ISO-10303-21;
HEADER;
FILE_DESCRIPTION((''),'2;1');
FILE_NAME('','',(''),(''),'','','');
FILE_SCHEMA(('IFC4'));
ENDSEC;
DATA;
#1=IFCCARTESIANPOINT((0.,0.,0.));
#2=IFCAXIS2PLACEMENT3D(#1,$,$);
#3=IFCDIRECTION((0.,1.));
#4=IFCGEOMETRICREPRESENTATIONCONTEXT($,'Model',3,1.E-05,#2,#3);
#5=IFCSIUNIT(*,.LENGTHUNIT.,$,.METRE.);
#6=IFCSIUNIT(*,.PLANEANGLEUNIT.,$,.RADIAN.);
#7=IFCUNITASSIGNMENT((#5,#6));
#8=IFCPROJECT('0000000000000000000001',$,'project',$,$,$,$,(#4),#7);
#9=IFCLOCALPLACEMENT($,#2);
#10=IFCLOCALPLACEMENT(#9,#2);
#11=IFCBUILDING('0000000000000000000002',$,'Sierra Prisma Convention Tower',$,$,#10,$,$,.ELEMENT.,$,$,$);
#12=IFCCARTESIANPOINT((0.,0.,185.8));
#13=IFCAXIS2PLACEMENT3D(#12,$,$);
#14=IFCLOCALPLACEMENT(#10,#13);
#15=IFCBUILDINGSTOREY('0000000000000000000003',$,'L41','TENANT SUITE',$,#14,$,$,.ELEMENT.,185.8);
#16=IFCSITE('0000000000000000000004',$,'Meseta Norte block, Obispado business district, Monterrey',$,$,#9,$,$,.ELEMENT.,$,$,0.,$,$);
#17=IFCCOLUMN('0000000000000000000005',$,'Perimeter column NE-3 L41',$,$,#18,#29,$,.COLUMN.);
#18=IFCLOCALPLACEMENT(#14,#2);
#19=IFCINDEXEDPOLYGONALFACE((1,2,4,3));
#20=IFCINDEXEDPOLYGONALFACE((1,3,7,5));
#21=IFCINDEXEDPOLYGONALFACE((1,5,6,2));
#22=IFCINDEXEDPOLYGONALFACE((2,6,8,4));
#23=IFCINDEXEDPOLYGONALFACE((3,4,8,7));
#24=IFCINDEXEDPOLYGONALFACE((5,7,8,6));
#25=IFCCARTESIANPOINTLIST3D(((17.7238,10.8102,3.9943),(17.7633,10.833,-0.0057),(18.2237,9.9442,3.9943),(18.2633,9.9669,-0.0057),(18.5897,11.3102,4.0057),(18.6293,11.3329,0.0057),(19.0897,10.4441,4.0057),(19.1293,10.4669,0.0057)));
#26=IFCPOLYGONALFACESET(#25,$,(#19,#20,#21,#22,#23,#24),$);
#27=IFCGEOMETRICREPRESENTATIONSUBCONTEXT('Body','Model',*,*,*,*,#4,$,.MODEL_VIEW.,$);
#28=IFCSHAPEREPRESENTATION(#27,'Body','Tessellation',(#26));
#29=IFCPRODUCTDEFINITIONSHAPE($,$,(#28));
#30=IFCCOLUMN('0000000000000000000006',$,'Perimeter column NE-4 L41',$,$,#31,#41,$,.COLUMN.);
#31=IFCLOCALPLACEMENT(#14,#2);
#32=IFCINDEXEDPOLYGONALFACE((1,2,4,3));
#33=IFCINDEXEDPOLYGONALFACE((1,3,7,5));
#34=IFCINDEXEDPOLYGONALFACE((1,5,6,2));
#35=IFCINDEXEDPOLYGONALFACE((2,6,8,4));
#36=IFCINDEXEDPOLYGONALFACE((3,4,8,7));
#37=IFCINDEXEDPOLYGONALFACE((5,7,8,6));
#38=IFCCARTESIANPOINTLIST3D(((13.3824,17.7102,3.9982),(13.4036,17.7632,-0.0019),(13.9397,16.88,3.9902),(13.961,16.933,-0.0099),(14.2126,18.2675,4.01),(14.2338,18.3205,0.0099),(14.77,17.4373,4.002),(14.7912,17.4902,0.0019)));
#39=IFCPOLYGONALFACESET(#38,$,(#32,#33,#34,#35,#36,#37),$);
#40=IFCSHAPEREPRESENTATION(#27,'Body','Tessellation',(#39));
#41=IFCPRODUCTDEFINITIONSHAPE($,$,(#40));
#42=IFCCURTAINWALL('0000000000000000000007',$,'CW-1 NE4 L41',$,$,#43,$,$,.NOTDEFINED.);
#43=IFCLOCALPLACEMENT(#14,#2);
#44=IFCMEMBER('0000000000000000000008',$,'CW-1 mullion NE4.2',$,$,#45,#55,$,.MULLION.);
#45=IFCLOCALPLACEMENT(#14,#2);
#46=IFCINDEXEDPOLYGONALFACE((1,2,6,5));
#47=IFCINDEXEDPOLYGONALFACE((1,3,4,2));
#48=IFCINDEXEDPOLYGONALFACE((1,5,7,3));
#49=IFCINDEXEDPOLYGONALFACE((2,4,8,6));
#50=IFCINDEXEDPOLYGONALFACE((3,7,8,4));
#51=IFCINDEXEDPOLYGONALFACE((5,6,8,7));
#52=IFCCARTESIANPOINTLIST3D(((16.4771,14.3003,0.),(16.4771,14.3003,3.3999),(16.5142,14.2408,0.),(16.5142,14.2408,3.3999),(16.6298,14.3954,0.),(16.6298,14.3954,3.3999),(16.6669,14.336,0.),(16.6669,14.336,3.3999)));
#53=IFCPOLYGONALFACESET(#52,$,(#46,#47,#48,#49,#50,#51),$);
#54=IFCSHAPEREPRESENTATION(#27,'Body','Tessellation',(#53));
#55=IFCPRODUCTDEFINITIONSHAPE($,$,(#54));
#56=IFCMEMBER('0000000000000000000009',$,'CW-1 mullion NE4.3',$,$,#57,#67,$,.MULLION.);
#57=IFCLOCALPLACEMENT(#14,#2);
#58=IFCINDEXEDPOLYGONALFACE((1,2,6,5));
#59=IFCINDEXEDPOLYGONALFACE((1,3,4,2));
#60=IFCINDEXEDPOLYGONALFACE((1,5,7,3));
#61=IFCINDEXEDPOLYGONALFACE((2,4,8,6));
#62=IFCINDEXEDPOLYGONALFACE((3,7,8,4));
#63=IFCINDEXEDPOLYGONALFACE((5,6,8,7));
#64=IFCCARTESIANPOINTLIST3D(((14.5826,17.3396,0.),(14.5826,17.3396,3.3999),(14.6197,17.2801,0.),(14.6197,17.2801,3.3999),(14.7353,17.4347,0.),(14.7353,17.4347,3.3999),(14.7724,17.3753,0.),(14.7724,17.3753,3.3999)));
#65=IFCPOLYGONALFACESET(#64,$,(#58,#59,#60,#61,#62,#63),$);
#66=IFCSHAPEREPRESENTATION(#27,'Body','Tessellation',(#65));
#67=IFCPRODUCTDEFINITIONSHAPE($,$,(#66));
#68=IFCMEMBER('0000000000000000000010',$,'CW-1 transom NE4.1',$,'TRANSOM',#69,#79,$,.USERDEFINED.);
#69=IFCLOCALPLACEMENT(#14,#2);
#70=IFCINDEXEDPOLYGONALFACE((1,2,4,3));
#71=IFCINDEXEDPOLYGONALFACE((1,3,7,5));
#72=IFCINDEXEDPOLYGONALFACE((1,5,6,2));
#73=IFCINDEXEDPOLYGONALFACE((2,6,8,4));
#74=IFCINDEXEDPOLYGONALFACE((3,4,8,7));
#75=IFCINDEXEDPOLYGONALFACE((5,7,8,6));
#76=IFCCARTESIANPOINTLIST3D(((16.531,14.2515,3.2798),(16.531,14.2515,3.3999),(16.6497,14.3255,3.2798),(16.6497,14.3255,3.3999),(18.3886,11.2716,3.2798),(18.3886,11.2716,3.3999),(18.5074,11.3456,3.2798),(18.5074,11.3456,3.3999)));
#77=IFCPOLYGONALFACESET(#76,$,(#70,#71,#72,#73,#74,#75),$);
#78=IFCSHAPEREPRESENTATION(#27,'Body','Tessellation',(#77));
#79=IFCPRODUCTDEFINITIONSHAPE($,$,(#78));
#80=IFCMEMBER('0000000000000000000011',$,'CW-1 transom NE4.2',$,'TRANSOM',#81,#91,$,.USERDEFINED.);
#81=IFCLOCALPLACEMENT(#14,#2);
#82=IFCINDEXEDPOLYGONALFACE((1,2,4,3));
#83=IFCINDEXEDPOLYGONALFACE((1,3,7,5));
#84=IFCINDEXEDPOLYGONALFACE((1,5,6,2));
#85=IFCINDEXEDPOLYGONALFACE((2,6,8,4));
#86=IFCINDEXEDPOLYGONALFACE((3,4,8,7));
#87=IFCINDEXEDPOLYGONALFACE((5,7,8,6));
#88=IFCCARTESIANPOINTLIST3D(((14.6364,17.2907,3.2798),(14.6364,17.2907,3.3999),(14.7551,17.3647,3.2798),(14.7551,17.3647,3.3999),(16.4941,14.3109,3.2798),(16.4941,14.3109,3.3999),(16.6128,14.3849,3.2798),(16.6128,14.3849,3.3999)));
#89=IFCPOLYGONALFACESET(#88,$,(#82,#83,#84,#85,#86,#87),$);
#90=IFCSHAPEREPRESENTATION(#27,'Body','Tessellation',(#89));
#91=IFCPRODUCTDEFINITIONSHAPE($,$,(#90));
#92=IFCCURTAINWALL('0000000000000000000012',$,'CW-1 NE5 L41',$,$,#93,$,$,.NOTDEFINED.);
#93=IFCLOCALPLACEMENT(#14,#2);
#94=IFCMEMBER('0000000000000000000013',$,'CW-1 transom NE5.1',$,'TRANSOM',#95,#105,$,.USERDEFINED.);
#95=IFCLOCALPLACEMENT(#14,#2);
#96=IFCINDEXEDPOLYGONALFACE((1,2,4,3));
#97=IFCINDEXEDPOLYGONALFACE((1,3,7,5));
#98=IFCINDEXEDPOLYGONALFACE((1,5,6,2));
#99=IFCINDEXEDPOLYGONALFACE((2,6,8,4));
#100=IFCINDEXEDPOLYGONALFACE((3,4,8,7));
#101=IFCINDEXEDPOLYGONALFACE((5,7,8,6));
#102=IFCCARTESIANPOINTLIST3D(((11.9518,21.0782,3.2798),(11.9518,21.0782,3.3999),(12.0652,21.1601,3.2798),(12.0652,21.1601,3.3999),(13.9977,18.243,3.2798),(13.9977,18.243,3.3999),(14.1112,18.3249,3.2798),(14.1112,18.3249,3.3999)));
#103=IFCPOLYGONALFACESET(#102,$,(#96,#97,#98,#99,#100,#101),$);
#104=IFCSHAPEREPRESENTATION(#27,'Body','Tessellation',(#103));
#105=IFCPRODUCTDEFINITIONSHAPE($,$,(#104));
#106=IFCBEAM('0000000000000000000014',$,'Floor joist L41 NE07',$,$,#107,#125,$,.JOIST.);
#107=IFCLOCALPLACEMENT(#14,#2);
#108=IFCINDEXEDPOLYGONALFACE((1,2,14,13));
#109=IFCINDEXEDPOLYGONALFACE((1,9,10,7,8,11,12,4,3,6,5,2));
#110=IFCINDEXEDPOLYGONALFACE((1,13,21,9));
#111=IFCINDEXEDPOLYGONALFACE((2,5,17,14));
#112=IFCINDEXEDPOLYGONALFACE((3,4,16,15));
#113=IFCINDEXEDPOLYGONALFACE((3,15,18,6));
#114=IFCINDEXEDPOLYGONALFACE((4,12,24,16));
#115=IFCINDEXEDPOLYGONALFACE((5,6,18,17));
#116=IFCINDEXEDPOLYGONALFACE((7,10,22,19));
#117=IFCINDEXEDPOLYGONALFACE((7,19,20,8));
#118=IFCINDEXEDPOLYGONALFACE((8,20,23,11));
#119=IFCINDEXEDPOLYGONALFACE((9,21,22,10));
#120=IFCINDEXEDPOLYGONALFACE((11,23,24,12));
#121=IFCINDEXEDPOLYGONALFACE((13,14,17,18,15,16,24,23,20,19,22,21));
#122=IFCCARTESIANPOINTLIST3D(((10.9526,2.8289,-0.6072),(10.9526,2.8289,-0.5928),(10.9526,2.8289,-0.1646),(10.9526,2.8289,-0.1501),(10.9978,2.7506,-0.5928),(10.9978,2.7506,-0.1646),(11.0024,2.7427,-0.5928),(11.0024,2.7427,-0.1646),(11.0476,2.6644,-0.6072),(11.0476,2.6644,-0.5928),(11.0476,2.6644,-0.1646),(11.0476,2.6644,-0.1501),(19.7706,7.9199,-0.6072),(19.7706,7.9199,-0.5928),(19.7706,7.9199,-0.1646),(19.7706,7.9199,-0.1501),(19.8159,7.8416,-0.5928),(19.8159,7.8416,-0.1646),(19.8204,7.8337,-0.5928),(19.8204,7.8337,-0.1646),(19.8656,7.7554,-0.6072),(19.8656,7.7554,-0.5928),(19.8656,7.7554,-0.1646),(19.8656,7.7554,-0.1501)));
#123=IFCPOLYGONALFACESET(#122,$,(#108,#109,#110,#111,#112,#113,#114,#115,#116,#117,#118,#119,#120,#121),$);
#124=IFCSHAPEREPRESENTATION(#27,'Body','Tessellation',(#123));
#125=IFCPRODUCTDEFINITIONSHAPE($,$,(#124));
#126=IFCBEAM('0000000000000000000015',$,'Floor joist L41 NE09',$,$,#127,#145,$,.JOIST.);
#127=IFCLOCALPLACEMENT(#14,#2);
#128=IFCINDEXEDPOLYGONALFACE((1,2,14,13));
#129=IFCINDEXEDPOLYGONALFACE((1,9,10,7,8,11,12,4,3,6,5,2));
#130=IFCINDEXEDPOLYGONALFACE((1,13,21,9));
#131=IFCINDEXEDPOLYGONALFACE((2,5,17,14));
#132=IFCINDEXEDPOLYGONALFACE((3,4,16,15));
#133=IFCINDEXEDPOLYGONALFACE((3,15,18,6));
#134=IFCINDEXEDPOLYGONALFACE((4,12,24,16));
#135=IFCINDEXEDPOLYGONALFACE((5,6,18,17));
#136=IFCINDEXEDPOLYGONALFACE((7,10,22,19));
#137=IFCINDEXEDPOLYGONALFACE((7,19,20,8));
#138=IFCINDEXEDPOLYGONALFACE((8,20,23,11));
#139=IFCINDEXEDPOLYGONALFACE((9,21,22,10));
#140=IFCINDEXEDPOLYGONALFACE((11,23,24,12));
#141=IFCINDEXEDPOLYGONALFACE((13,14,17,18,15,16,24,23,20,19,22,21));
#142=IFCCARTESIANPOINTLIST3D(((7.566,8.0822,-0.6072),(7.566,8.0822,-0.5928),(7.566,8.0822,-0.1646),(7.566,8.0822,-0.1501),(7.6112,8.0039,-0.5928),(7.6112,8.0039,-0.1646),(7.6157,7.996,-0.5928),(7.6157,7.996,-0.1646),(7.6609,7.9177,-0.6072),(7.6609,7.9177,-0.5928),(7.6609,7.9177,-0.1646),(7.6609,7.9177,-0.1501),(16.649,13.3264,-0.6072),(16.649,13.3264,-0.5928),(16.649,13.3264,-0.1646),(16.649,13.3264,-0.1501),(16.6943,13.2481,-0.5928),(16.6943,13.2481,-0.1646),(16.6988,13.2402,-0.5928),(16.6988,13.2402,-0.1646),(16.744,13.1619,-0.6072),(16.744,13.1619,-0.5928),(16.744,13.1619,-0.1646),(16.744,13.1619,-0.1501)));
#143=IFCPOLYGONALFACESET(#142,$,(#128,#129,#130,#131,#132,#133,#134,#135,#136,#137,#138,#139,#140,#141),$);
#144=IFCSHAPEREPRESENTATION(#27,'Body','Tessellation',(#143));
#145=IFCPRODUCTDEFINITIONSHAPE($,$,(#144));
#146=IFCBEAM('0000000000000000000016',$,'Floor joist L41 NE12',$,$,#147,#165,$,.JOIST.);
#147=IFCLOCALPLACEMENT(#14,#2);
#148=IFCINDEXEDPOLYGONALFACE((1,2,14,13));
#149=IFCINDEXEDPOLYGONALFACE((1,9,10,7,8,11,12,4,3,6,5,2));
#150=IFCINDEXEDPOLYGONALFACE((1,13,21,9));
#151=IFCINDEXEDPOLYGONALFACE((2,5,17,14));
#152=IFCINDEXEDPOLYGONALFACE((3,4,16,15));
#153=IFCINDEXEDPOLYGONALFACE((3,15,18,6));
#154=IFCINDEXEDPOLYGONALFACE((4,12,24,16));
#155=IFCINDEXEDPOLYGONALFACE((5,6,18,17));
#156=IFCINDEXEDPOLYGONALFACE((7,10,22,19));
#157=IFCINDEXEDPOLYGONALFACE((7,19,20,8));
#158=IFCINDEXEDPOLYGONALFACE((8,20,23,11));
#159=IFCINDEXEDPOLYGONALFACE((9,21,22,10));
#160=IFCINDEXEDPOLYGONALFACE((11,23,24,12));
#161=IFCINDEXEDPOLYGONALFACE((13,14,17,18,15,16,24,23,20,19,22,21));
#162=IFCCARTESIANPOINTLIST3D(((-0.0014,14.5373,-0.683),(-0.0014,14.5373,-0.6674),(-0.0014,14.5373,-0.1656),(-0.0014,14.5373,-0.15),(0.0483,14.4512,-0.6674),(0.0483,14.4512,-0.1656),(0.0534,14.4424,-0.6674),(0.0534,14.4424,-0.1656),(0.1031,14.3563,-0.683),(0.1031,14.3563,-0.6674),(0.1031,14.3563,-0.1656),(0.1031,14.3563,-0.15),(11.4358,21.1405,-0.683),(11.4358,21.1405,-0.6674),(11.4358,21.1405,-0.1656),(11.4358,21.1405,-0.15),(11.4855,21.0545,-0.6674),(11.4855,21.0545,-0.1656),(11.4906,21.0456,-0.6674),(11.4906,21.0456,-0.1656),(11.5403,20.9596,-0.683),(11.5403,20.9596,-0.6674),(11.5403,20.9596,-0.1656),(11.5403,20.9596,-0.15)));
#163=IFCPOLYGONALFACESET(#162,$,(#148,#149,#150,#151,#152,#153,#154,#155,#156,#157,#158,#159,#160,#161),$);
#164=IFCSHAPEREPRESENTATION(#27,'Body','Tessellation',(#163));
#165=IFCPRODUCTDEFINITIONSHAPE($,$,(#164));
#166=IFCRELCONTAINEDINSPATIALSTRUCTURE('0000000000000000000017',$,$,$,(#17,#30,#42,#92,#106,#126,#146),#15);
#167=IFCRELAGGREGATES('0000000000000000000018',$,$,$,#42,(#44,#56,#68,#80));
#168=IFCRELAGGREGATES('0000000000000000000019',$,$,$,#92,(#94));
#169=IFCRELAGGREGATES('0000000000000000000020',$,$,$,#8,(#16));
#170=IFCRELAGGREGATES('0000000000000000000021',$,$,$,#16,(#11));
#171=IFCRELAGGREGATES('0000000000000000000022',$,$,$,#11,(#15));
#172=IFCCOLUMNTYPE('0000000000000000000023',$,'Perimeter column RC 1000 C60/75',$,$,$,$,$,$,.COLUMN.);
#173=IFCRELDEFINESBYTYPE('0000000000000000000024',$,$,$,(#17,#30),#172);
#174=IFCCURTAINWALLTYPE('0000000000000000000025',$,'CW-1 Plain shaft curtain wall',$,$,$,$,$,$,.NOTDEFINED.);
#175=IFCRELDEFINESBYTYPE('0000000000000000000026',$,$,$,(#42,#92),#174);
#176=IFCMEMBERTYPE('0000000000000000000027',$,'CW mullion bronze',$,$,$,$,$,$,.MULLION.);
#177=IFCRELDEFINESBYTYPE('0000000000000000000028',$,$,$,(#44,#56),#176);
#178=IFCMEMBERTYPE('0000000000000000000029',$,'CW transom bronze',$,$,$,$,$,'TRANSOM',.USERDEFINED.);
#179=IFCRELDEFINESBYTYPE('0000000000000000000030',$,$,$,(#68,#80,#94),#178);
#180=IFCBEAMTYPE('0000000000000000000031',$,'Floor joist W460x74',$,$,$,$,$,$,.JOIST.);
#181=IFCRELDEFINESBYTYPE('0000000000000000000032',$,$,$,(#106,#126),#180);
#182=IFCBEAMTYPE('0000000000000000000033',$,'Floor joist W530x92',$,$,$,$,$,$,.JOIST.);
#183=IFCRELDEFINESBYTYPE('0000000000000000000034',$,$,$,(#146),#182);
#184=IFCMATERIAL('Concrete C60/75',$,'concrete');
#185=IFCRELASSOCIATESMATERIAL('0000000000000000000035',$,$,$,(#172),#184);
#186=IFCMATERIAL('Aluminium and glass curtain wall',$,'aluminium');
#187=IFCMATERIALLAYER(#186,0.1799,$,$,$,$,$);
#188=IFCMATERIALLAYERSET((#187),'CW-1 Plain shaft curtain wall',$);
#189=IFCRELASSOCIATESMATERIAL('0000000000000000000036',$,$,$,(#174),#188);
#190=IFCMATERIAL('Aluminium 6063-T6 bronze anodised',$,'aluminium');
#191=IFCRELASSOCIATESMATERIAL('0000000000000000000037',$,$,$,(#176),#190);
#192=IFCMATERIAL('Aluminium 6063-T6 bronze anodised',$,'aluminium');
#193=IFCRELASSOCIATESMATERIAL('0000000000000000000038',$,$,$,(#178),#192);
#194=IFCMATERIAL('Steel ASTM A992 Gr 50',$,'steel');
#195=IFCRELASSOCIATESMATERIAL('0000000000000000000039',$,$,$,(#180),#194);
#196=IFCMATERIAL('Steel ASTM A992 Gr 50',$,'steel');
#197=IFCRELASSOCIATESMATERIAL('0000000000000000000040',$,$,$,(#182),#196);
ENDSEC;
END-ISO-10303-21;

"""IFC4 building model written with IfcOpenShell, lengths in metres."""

from ifc_helpers import new_model, si_unit, direction, frame, origin, origin_2d, place, context, subcontext, project, spatial, rectangle, i_section, extrude, material, layer, layer_set, material_profile, profile_set, type_object, element, aggregate, save


model = new_model("IFC4")

# Units and contexts
model_context = context("Model", 3, precision=1e-05, world=origin(), true_north=direction((0.0, 1.0)))
body_context = subcontext(model_context, "Body", "Model", "MODEL_VIEW")
ifc_project = project(units=[si_unit("LENGTHUNIT", "METRE"), si_unit("PLANEANGLEUNIT", "RADIAN")], contexts=[model_context])

# Site, building, storey
site_placement = place(None, origin())
site = spatial("IfcSite", under=ifc_project, at=site_placement, Name="Meseta Norte block, Obispado business district, Monterrey", CompositionType="ELEMENT", RefElevation=0.0)
building_placement = place(site_placement, origin())
building = spatial("IfcBuilding", under=site, at=building_placement, Name="Sierra Prisma Convention Tower", CompositionType="ELEMENT")
storey_placement = place(building_placement, frame((0.0, 0.0, 185.8)))
storey = spatial("IfcBuildingStorey", under=building, at=storey_placement, Name="L41", Description="TENANT SUITE", CompositionType="ELEMENT", Elevation=185.8)

# Columns
ifc_material_1 = material(Name="Concrete C60/75", Category="concrete")
ifc_material_profile_1 = material_profile(ifc_material_1, rectangle(XDim=1.0, YDim=1.0, at=origin_2d()), Name="Perimeter column RC 1000 C60/75")
ifc_profile_set_1 = profile_set([ifc_material_profile_1], Name="Concrete C60/75")
column_type = type_object("IfcColumnType", Name="Perimeter column RC 1000 C60/75", PredefinedType="COLUMN", material=ifc_profile_set_1)
column_1_placement = place(storey_placement, frame((18.4463, 10.6499, 0.0), z_axis=(-0.009887, -0.005676, 0.999935), x_axis=(-0.499976, 0.86604, -0.000028)))
element("IfcColumn", 1, at=column_1_placement, inside=storey, type_object=column_type, Name="Perimeter column NE-3 L41", PredefinedType="COLUMN", context=body_context, shape_type="SweptSolid", body=[
    extrude(rectangle(XDim=1.0, YDim=1.0, at=origin_2d()), origin(), (0.0, 0.0, 1.0), 4.0002),
])
column_2_placement = place(storey_placement, frame((14.0974, 17.6267, 0.0), z_axis=(-0.00531, -0.013243, 0.999898), x_axis=(-0.557388, 0.830213, 0.008036)))
element("IfcColumn", 2, at=column_2_placement, inside=storey, type_object=column_type, Name="Perimeter column NE-4 L41", PredefinedType="COLUMN", context=body_context, shape_type="SweptSolid", body=[
    extrude(rectangle(XDim=1.0, YDim=1.0, at=origin_2d()), origin(), (0.0, 0.0, 1.0), 4.0005),
])

# Curtain wall, members
ifc_material_2 = material(Name="Aluminium and glass curtain wall", Category="aluminium")
ifc_layer_1 = layer(ifc_material_2, 0.1799)
ifc_layer_set_1 = layer_set([ifc_layer_1], Name="CW-1 Plain shaft curtain wall")
curtain_wall_type = type_object("IfcCurtainWallType", Name="CW-1 Plain shaft curtain wall", PredefinedType="NOTDEFINED", material=ifc_layer_set_1)
curtain_wall_1_placement = place(storey_placement, origin())
curtain_wall_1 = element("IfcCurtainWall", 3, at=curtain_wall_1_placement, inside=storey, type_object=curtain_wall_type, Name="CW-1 NE4 L41", PredefinedType="NOTDEFINED")
ifc_material_3 = material(Name="Aluminium 6063-T6 bronze anodised", Category="aluminium")
ifc_material_profile_2 = material_profile(ifc_material_3, rectangle(XDim=0.1799, YDim=0.0701, at=origin_2d()), Name="ALU MULLION 70x180")
ifc_profile_set_2 = profile_set([ifc_material_profile_2], Name="Aluminium 6063-T6 bronze anodised")
member_type_1 = type_object("IfcMemberType", Name="CW mullion bronze", PredefinedType="MULLION", material=ifc_profile_set_2)
member_1_placement = place(storey_placement, frame((16.572, 14.3181, 0.0), z_axis=(0.0, 0.0, 1.0), x_axis=(-0.848622, -0.529, 0.0)))
member_1 = element("IfcMember", 4, at=member_1_placement, type_object=member_type_1, Name="CW-1 mullion NE4.2", PredefinedType="MULLION", context=body_context, shape_type="SweptSolid", body=[
    extrude(rectangle(XDim=0.1799, YDim=0.0701, at=origin_2d()), origin(), (0.0, 0.0, 1.0), 3.3999),
])
member_2_placement = place(storey_placement, frame((14.6775, 17.3574, 0.0), z_axis=(0.0, 0.0, 1.0), x_axis=(-0.848622, -0.529, 0.0)))
member_2 = element("IfcMember", 5, at=member_2_placement, type_object=member_type_1, Name="CW-1 mullion NE4.3", PredefinedType="MULLION", context=body_context, shape_type="SweptSolid", body=[
    extrude(rectangle(XDim=0.1799, YDim=0.0701, at=origin_2d()), origin(), (0.0, 0.0, 1.0), 3.3999),
])
ifc_material_4 = material(Name="Aluminium 6063-T6 bronze anodised", Category="aluminium")
ifc_material_profile_3 = material_profile(ifc_material_4, rectangle(XDim=0.1399, YDim=0.1201, at=origin_2d()), Name="ALU TRANSOM 120x140")
ifc_profile_set_3 = profile_set([ifc_material_profile_3], Name="Aluminium 6063-T6 bronze anodised")
member_type_2 = type_object("IfcMemberType", Name="CW transom bronze", ElementType="TRANSOM", PredefinedType="USERDEFINED", material=ifc_profile_set_3)
member_3_placement = place(storey_placement, frame((18.448, 11.3086, 3.3398), z_axis=(-0.529011, 0.848615, 0.0), x_axis=(-0.848615, -0.529011, 0.0)))
member_3 = element("IfcMember", 6, at=member_3_placement, type_object=member_type_2, Name="CW-1 transom NE4.1", ObjectType="TRANSOM", PredefinedType="USERDEFINED", context=body_context, shape_type="SweptSolid", body=[
    extrude(rectangle(XDim=0.1399, YDim=0.1201, at=origin_2d()), origin(), (0.0, 0.0, 1.0), 3.5115),
])
member_4_placement = place(storey_placement, frame((16.5535, 14.3479, 3.3398), z_axis=(-0.529042, 0.848595, 0.0), x_axis=(-0.848595, -0.529042, 0.0)))
member_4 = element("IfcMember", 7, at=member_4_placement, type_object=member_type_2, Name="CW-1 transom NE4.2", ObjectType="TRANSOM", PredefinedType="USERDEFINED", context=body_context, shape_type="SweptSolid", body=[
    extrude(rectangle(XDim=0.1399, YDim=0.1201, at=origin_2d()), origin(), (0.0, 0.0, 1.0), 3.5115),
])

# Curtain wall, member
curtain_wall_2_placement = place(storey_placement, origin())
curtain_wall_2 = element("IfcCurtainWall", 8, at=curtain_wall_2_placement, inside=storey, type_object=curtain_wall_type, Name="CW-1 NE5 L41", PredefinedType="NOTDEFINED")
member_5_placement = place(storey_placement, frame((14.0544, 18.2839, 3.3398), z_axis=(-0.585162, 0.810917, 0.0), x_axis=(-0.810917, -0.585162, 0.0)))
member_5 = element("IfcMember", 9, at=member_5_placement, type_object=member_type_2, Name="CW-1 transom NE5.1", ObjectType="TRANSOM", PredefinedType="USERDEFINED", context=body_context, shape_type="SweptSolid", body=[
    extrude(rectangle(XDim=0.1399, YDim=0.1201, at=origin_2d()), origin(), (0.0, 0.0, 1.0), 3.4963),
])

# Beams
ifc_material_5 = material(Name="Steel ASTM A992 Gr 50", Category="steel")
ifc_material_profile_4 = material_profile(ifc_material_5, i_section(OverallWidth=0.1899, OverallDepth=0.457, WebThickness=0.009, FlangeThickness=0.0144, at=origin_2d()), Name="W460x74")
ifc_profile_set_4 = profile_set([ifc_material_profile_4], Name="Steel ASTM A992 Gr 50")
beam_type_1 = type_object("IfcBeamType", Name="Floor joist W460x74", PredefinedType="JOIST", material=ifc_profile_set_4)
beam_1_placement = place(storey_placement, frame((19.8181, 7.8376, -0.3787), z_axis=(-0.866029, -0.499994, 0.0), x_axis=(0.499994, -0.866029, 0.0)))
element("IfcBeam", 10, at=beam_1_placement, inside=storey, type_object=beam_type_1, Name="Floor joist L41 NE07", PredefinedType="JOIST", context=body_context, shape_type="SweptSolid", body=[
    extrude(i_section(OverallWidth=0.1899, OverallDepth=0.457, WebThickness=0.009, FlangeThickness=0.0144, at=origin_2d()), origin(), (0.0, 0.0, 1.0), 10.1821),
])
beam_2_placement = place(storey_placement, frame((16.6965, 13.2441, -0.3787), z_axis=(-0.866023, -0.500005, 0.0), x_axis=(0.500005, -0.866023, 0.0)))
element("IfcBeam", 11, at=beam_2_placement, inside=storey, type_object=beam_type_1, Name="Floor joist L41 NE09", PredefinedType="JOIST", context=body_context, shape_type="SweptSolid", body=[
    extrude(i_section(OverallWidth=0.1899, OverallDepth=0.457, WebThickness=0.009, FlangeThickness=0.0144, at=origin_2d()), origin(), (0.0, 0.0, 1.0), 10.4883),
])
ifc_material_6 = material(Name="Steel ASTM A992 Gr 50", Category="steel")
ifc_material_profile_5 = material_profile(ifc_material_6, i_section(OverallWidth=0.209, OverallDepth=0.533, WebThickness=0.0103, FlangeThickness=0.0156, at=origin_2d()), Name="W530x92")
ifc_profile_set_5 = profile_set([ifc_material_profile_5], Name="Steel ASTM A992 Gr 50")
beam_type_2 = type_object("IfcBeamType", Name="Floor joist W530x92", PredefinedType="JOIST", material=ifc_profile_set_5)
beam_3_placement = place(storey_placement, frame((11.488, 21.05, -0.4165), z_axis=(-0.866026, -0.499998, 0.0), x_axis=(0.499998, -0.866026, 0.0)))
element("IfcBeam", 12, at=beam_3_placement, inside=storey, type_object=beam_type_2, Name="Floor joist L41 NE12", PredefinedType="JOIST", context=body_context, shape_type="SweptSolid", body=[
    extrude(i_section(OverallWidth=0.209, OverallDepth=0.533, WebThickness=0.0103, FlangeThickness=0.0156, at=origin_2d()), origin(), (0.0, 0.0, 1.0), 13.2065),
])

aggregate(curtain_wall_1, [member_1, member_2, member_3, member_4])
aggregate(curtain_wall_2, [member_5])

save(model, "model.ifc")
